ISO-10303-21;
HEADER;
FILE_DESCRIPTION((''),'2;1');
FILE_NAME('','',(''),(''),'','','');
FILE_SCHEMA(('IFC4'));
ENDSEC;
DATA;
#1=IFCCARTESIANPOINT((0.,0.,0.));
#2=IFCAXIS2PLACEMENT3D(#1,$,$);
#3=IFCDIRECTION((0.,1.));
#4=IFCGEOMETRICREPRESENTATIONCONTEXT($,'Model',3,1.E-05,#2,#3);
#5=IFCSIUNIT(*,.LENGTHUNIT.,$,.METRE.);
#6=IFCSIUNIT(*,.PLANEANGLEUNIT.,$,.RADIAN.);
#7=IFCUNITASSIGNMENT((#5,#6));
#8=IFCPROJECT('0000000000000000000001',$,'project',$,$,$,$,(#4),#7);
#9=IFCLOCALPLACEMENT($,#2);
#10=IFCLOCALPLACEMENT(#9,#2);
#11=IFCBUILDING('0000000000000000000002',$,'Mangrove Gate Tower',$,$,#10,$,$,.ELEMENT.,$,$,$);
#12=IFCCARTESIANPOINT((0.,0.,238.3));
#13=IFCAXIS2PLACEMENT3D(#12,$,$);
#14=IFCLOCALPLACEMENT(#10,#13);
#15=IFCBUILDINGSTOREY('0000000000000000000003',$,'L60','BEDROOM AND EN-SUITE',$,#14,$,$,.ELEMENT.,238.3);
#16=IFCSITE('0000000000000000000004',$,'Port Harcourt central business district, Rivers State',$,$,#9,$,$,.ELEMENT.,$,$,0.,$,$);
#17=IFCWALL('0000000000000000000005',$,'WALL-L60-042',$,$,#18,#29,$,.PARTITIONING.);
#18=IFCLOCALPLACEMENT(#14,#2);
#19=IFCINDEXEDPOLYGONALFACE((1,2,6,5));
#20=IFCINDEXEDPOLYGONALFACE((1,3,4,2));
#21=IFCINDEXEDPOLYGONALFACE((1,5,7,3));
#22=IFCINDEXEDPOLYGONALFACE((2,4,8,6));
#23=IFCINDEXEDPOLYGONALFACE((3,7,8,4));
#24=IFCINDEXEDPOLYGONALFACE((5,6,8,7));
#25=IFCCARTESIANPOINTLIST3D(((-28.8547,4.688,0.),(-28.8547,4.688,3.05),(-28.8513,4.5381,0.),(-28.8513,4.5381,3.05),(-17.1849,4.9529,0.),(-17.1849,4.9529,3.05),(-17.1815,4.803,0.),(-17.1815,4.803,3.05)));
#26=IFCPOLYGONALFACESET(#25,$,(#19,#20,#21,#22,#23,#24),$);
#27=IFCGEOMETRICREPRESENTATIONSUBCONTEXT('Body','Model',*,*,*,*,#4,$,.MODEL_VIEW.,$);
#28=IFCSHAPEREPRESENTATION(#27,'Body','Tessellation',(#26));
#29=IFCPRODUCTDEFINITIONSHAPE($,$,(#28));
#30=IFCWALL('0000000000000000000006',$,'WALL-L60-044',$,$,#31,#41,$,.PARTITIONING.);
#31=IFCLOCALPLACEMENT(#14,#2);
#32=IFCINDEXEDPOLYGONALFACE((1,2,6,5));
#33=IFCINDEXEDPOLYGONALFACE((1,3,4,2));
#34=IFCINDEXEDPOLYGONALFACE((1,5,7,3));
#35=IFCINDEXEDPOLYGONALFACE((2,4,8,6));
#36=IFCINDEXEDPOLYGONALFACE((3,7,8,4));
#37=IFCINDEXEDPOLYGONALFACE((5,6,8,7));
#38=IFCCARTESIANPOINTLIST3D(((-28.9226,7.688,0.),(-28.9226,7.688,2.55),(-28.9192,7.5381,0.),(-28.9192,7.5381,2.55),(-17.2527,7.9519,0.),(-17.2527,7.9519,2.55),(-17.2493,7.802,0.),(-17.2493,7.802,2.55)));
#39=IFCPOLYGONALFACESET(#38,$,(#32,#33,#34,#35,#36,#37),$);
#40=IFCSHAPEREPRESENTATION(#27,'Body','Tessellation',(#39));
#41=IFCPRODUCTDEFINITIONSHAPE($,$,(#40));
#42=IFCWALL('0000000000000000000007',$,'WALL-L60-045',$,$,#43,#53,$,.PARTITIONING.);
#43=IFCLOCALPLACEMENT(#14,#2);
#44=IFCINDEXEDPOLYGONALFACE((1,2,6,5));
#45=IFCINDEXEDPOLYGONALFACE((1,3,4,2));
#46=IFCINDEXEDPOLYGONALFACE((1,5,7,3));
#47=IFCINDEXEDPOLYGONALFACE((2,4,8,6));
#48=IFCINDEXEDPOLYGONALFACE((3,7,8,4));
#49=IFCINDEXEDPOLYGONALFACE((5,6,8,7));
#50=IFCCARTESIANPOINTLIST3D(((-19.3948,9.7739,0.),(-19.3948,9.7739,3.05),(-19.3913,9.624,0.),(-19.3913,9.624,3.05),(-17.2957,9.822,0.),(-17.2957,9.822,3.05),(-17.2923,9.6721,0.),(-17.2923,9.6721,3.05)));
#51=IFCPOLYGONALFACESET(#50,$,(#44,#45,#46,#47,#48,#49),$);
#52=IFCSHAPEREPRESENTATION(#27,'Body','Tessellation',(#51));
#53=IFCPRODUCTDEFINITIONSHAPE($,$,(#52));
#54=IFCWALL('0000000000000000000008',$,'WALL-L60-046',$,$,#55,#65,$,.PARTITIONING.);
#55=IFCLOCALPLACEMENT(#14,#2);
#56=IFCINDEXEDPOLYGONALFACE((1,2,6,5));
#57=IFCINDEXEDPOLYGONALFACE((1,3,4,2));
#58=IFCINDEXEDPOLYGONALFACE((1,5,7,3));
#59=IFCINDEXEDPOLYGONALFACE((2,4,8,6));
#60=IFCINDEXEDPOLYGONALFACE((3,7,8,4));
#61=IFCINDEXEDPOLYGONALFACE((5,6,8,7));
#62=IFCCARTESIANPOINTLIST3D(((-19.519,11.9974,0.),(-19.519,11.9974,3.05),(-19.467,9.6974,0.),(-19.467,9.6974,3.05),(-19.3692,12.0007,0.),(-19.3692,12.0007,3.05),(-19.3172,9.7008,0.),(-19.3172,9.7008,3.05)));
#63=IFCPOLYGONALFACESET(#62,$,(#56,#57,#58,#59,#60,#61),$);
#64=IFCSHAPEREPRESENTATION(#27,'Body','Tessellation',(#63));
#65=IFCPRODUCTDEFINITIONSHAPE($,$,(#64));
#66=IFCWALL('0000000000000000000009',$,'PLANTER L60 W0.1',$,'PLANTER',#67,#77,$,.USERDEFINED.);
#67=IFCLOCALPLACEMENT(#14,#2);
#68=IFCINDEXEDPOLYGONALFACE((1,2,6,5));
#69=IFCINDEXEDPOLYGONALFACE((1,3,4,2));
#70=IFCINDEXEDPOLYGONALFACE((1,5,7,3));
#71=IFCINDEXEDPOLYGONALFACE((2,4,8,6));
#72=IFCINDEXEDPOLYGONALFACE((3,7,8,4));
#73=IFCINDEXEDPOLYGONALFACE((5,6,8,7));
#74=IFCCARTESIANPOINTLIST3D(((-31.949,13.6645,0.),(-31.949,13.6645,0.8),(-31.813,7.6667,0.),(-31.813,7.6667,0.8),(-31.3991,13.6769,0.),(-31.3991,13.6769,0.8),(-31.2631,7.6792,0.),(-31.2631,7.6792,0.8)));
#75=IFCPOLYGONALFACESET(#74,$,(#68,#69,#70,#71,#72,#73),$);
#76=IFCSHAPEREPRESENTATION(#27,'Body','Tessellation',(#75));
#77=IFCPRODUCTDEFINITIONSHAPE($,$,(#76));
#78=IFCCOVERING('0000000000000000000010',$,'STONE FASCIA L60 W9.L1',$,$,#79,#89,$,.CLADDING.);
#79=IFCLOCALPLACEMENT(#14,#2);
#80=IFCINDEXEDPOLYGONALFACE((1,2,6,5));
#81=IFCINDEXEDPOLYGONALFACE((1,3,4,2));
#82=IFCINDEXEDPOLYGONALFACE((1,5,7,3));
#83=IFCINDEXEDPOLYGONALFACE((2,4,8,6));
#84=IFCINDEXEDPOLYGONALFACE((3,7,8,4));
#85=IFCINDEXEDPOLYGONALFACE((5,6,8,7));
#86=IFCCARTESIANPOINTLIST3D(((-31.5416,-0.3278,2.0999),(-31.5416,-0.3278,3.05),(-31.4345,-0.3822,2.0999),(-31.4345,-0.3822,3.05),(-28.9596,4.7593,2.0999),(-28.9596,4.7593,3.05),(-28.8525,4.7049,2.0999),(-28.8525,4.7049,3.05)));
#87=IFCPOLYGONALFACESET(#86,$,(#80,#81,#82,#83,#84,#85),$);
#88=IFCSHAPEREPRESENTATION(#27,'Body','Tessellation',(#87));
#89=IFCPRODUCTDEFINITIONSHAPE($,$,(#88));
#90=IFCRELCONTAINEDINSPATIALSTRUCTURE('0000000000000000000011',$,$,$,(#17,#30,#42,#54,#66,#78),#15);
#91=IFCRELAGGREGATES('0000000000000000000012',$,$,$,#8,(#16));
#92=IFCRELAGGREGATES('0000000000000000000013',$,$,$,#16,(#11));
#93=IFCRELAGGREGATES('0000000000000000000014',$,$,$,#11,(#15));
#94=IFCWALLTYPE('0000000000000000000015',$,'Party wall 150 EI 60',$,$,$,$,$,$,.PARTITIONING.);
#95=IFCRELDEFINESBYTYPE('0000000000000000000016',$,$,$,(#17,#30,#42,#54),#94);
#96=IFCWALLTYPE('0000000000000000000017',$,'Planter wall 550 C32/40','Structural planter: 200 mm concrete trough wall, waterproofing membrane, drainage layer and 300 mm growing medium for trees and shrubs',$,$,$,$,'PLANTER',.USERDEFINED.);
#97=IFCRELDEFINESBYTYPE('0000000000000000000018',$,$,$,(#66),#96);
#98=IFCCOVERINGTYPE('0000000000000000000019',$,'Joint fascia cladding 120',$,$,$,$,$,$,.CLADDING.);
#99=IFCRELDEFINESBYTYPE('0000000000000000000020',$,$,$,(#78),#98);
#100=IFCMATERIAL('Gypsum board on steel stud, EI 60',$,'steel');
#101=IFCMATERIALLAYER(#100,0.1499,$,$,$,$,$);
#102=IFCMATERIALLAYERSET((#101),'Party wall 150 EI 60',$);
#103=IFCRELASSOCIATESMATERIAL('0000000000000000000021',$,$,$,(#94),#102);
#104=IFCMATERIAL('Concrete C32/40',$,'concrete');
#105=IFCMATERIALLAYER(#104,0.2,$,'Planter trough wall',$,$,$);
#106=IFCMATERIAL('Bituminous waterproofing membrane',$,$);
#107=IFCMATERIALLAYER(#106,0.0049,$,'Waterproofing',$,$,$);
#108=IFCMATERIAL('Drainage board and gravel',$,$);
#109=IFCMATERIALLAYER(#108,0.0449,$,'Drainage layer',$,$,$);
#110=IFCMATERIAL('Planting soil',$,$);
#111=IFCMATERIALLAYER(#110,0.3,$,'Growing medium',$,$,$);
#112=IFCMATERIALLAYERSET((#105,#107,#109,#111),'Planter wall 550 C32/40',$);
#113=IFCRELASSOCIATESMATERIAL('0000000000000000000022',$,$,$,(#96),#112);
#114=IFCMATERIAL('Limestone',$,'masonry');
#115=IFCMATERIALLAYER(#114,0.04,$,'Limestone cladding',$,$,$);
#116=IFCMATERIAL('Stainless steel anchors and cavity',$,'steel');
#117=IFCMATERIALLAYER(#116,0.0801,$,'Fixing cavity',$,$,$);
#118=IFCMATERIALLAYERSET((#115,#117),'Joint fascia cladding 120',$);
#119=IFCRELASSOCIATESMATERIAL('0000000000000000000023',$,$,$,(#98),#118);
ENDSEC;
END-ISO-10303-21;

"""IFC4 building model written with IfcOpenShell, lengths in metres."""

from ifc_helpers import new_model, si_unit, direction, frame, frame_2d, origin, place, context, subcontext, project, spatial, rectangle, extrude, material, layer, layer_set, type_object, element, save


model = new_model("IFC4")

# Units and contexts
model_context = context("Model", 3, precision=1e-05, world=origin(), true_north=direction((0.0, 1.0)))
body_context = subcontext(model_context, "Body", "Model", "MODEL_VIEW")
ifc_project = project(units=[si_unit("LENGTHUNIT", "METRE"), si_unit("PLANEANGLEUNIT", "RADIAN")], contexts=[model_context])

# Site, building, storey
site_placement = place(None, origin())
site = spatial("IfcSite", under=ifc_project, at=site_placement, Name="Port Harcourt central business district, Rivers State", CompositionType="ELEMENT", RefElevation=0.0)
building_placement = place(site_placement, origin())
building = spatial("IfcBuilding", under=site, at=building_placement, Name="Mangrove Gate Tower", CompositionType="ELEMENT")
storey_placement = place(building_placement, frame((0.0, 0.0, 238.3)))
storey = spatial("IfcBuildingStorey", under=building, at=storey_placement, Name="L60", Description="BEDROOM AND EN-SUITE", CompositionType="ELEMENT", Elevation=238.3)

# Shared definitions
ifc_material_1 = material(Name="Limestone", Category="masonry")

# Walls
ifc_material_2 = material(Name="Gypsum board on steel stud, EI 60", Category="steel")
ifc_layer_1 = layer(ifc_material_2, 0.1499)
ifc_layer_set_1 = layer_set([ifc_layer_1], Name="Party wall 150 EI 60")
wall_type_1 = type_object("IfcWallType", Name="Party wall 150 EI 60", PredefinedType="PARTITIONING", material=ifc_layer_set_1)
wall_1_placement = place(storey_placement, frame((-28.853, 4.613, 0.0), z_axis=(0.0, 0.0, 1.0), x_axis=(0.999742, 0.022693, 0.0)))
element("IfcWall", 1, at=wall_1_placement, inside=storey, type_object=wall_type_1, Name="WALL-L60-042", PredefinedType="PARTITIONING", context=body_context, shape_type="SweptSolid", body=[
    extrude(rectangle(XDim=11.6729, YDim=0.1499, at=frame_2d((5.8364, 0.0))), origin(), (0.0, 0.0, 1.0), 3.05),
])
wall_2_placement = place(storey_placement, frame((-28.9209, 7.613, 0.0), z_axis=(0.0, 0.0, 1.0), x_axis=(0.999744, 0.022609, 0.0)))
element("IfcWall", 2, at=wall_2_placement, inside=storey, type_object=wall_type_1, Name="WALL-L60-044", PredefinedType="PARTITIONING", context=body_context, shape_type="SweptSolid", body=[
    extrude(rectangle(XDim=11.6729, YDim=0.1499, at=frame_2d((5.8364, 0.0))), origin(), (0.0, 0.0, 1.0), 2.55),
])
wall_3_placement = place(storey_placement, frame((-19.3931, 9.699, 0.0), z_axis=(0.0, 0.0, 1.0), x_axis=(0.999738, 0.022906, 0.0)))
element("IfcWall", 3, at=wall_3_placement, inside=storey, type_object=wall_type_1, Name="WALL-L60-045", PredefinedType="PARTITIONING", context=body_context, shape_type="SweptSolid", body=[
    extrude(rectangle(XDim=2.0996, YDim=0.1499, at=frame_2d((1.0498, 0.0))), origin(), (0.0, 0.0, 1.0), 3.05),
])
wall_4_placement = place(storey_placement, frame((-19.3921, 9.699, 0.0), z_axis=(0.0, 0.0, 1.0), x_axis=(-0.022603, 0.999745, 0.0)))
element("IfcWall", 4, at=wall_4_placement, inside=storey, type_object=wall_type_1, Name="WALL-L60-046", PredefinedType="PARTITIONING", context=body_context, shape_type="SweptSolid", body=[
    extrude(rectangle(XDim=2.3005, YDim=0.1499, at=frame_2d((1.1504, 0.0))), origin(), (0.0, 0.0, 1.0), 3.05),
])
ifc_material_3 = material(Name="Concrete C32/40", Category="concrete")
ifc_layer_2 = layer(ifc_material_3, 0.2, Name="Planter trough wall")
ifc_material_4 = material(Name="Bituminous waterproofing membrane")
ifc_layer_3 = layer(ifc_material_4, 0.0049, Name="Waterproofing")
ifc_material_5 = material(Name="Drainage board and gravel")
ifc_layer_4 = layer(ifc_material_5, 0.0449, Name="Drainage layer")
ifc_material_6 = material(Name="Planting soil")
ifc_layer_5 = layer(ifc_material_6, 0.3, Name="Growing medium")
ifc_layer_set_2 = layer_set([ifc_layer_2, ifc_layer_3, ifc_layer_4, ifc_layer_5], Name="Planter wall 550 C32/40")
wall_type_2 = type_object("IfcWallType", Name="Planter wall 550 C32/40", Description="Structural planter: 200 mm concrete trough wall, waterproofing membrane, drainage layer and 300 mm growing medium for trees and shrubs", ElementType="PLANTER", PredefinedType="USERDEFINED", material=ifc_layer_set_2)
wall_5_placement = place(storey_placement, frame((-31.5381, 7.6731, 0.0), z_axis=(0.0, 0.0, 1.0), x_axis=(-0.022667, 0.999743, 0.0)))
element("IfcWall", 5, at=wall_5_placement, inside=storey, type_object=wall_type_2, Name="PLANTER L60 W0.1", ObjectType="PLANTER", PredefinedType="USERDEFINED", context=body_context, shape_type="SweptSolid", body=[
    extrude(rectangle(XDim=5.9993, YDim=0.55, at=frame_2d((2.9995, 0.0))), origin(), (0.0, 0.0, 1.0), 0.8),
])

# Covering
ifc_layer_6 = layer(ifc_material_1, 0.04, Name="Limestone cladding")
ifc_material_7 = material(Name="Stainless steel anchors and cavity", Category="steel")
ifc_layer_7 = layer(ifc_material_7, 0.0801, Name="Fixing cavity")
ifc_layer_set_3 = layer_set([ifc_layer_6, ifc_layer_7], Name="Joint fascia cladding 120")
covering_type = type_object("IfcCoveringType", Name="Joint fascia cladding 120", PredefinedType="CLADDING", material=ifc_layer_set_3)
covering_placement = place(storey_placement, frame((-28.906, 4.7322, 2.0999), z_axis=(0.0, 0.0, 1.0), x_axis=(-0.452598, -0.891715, 0.0)))
element("IfcCovering", 6, at=covering_placement, inside=storey, type_object=covering_type, Name="STONE FASCIA L60 W9.L1", PredefinedType="CLADDING", context=body_context, shape_type="SweptSolid", body=[
    extrude(rectangle(XDim=5.7048, YDim=0.1201, at=frame_2d((2.8525, 0.0))), origin(), (0.0, 0.0, 1.0), 0.9502),
])

save(model, "model.ifc")
